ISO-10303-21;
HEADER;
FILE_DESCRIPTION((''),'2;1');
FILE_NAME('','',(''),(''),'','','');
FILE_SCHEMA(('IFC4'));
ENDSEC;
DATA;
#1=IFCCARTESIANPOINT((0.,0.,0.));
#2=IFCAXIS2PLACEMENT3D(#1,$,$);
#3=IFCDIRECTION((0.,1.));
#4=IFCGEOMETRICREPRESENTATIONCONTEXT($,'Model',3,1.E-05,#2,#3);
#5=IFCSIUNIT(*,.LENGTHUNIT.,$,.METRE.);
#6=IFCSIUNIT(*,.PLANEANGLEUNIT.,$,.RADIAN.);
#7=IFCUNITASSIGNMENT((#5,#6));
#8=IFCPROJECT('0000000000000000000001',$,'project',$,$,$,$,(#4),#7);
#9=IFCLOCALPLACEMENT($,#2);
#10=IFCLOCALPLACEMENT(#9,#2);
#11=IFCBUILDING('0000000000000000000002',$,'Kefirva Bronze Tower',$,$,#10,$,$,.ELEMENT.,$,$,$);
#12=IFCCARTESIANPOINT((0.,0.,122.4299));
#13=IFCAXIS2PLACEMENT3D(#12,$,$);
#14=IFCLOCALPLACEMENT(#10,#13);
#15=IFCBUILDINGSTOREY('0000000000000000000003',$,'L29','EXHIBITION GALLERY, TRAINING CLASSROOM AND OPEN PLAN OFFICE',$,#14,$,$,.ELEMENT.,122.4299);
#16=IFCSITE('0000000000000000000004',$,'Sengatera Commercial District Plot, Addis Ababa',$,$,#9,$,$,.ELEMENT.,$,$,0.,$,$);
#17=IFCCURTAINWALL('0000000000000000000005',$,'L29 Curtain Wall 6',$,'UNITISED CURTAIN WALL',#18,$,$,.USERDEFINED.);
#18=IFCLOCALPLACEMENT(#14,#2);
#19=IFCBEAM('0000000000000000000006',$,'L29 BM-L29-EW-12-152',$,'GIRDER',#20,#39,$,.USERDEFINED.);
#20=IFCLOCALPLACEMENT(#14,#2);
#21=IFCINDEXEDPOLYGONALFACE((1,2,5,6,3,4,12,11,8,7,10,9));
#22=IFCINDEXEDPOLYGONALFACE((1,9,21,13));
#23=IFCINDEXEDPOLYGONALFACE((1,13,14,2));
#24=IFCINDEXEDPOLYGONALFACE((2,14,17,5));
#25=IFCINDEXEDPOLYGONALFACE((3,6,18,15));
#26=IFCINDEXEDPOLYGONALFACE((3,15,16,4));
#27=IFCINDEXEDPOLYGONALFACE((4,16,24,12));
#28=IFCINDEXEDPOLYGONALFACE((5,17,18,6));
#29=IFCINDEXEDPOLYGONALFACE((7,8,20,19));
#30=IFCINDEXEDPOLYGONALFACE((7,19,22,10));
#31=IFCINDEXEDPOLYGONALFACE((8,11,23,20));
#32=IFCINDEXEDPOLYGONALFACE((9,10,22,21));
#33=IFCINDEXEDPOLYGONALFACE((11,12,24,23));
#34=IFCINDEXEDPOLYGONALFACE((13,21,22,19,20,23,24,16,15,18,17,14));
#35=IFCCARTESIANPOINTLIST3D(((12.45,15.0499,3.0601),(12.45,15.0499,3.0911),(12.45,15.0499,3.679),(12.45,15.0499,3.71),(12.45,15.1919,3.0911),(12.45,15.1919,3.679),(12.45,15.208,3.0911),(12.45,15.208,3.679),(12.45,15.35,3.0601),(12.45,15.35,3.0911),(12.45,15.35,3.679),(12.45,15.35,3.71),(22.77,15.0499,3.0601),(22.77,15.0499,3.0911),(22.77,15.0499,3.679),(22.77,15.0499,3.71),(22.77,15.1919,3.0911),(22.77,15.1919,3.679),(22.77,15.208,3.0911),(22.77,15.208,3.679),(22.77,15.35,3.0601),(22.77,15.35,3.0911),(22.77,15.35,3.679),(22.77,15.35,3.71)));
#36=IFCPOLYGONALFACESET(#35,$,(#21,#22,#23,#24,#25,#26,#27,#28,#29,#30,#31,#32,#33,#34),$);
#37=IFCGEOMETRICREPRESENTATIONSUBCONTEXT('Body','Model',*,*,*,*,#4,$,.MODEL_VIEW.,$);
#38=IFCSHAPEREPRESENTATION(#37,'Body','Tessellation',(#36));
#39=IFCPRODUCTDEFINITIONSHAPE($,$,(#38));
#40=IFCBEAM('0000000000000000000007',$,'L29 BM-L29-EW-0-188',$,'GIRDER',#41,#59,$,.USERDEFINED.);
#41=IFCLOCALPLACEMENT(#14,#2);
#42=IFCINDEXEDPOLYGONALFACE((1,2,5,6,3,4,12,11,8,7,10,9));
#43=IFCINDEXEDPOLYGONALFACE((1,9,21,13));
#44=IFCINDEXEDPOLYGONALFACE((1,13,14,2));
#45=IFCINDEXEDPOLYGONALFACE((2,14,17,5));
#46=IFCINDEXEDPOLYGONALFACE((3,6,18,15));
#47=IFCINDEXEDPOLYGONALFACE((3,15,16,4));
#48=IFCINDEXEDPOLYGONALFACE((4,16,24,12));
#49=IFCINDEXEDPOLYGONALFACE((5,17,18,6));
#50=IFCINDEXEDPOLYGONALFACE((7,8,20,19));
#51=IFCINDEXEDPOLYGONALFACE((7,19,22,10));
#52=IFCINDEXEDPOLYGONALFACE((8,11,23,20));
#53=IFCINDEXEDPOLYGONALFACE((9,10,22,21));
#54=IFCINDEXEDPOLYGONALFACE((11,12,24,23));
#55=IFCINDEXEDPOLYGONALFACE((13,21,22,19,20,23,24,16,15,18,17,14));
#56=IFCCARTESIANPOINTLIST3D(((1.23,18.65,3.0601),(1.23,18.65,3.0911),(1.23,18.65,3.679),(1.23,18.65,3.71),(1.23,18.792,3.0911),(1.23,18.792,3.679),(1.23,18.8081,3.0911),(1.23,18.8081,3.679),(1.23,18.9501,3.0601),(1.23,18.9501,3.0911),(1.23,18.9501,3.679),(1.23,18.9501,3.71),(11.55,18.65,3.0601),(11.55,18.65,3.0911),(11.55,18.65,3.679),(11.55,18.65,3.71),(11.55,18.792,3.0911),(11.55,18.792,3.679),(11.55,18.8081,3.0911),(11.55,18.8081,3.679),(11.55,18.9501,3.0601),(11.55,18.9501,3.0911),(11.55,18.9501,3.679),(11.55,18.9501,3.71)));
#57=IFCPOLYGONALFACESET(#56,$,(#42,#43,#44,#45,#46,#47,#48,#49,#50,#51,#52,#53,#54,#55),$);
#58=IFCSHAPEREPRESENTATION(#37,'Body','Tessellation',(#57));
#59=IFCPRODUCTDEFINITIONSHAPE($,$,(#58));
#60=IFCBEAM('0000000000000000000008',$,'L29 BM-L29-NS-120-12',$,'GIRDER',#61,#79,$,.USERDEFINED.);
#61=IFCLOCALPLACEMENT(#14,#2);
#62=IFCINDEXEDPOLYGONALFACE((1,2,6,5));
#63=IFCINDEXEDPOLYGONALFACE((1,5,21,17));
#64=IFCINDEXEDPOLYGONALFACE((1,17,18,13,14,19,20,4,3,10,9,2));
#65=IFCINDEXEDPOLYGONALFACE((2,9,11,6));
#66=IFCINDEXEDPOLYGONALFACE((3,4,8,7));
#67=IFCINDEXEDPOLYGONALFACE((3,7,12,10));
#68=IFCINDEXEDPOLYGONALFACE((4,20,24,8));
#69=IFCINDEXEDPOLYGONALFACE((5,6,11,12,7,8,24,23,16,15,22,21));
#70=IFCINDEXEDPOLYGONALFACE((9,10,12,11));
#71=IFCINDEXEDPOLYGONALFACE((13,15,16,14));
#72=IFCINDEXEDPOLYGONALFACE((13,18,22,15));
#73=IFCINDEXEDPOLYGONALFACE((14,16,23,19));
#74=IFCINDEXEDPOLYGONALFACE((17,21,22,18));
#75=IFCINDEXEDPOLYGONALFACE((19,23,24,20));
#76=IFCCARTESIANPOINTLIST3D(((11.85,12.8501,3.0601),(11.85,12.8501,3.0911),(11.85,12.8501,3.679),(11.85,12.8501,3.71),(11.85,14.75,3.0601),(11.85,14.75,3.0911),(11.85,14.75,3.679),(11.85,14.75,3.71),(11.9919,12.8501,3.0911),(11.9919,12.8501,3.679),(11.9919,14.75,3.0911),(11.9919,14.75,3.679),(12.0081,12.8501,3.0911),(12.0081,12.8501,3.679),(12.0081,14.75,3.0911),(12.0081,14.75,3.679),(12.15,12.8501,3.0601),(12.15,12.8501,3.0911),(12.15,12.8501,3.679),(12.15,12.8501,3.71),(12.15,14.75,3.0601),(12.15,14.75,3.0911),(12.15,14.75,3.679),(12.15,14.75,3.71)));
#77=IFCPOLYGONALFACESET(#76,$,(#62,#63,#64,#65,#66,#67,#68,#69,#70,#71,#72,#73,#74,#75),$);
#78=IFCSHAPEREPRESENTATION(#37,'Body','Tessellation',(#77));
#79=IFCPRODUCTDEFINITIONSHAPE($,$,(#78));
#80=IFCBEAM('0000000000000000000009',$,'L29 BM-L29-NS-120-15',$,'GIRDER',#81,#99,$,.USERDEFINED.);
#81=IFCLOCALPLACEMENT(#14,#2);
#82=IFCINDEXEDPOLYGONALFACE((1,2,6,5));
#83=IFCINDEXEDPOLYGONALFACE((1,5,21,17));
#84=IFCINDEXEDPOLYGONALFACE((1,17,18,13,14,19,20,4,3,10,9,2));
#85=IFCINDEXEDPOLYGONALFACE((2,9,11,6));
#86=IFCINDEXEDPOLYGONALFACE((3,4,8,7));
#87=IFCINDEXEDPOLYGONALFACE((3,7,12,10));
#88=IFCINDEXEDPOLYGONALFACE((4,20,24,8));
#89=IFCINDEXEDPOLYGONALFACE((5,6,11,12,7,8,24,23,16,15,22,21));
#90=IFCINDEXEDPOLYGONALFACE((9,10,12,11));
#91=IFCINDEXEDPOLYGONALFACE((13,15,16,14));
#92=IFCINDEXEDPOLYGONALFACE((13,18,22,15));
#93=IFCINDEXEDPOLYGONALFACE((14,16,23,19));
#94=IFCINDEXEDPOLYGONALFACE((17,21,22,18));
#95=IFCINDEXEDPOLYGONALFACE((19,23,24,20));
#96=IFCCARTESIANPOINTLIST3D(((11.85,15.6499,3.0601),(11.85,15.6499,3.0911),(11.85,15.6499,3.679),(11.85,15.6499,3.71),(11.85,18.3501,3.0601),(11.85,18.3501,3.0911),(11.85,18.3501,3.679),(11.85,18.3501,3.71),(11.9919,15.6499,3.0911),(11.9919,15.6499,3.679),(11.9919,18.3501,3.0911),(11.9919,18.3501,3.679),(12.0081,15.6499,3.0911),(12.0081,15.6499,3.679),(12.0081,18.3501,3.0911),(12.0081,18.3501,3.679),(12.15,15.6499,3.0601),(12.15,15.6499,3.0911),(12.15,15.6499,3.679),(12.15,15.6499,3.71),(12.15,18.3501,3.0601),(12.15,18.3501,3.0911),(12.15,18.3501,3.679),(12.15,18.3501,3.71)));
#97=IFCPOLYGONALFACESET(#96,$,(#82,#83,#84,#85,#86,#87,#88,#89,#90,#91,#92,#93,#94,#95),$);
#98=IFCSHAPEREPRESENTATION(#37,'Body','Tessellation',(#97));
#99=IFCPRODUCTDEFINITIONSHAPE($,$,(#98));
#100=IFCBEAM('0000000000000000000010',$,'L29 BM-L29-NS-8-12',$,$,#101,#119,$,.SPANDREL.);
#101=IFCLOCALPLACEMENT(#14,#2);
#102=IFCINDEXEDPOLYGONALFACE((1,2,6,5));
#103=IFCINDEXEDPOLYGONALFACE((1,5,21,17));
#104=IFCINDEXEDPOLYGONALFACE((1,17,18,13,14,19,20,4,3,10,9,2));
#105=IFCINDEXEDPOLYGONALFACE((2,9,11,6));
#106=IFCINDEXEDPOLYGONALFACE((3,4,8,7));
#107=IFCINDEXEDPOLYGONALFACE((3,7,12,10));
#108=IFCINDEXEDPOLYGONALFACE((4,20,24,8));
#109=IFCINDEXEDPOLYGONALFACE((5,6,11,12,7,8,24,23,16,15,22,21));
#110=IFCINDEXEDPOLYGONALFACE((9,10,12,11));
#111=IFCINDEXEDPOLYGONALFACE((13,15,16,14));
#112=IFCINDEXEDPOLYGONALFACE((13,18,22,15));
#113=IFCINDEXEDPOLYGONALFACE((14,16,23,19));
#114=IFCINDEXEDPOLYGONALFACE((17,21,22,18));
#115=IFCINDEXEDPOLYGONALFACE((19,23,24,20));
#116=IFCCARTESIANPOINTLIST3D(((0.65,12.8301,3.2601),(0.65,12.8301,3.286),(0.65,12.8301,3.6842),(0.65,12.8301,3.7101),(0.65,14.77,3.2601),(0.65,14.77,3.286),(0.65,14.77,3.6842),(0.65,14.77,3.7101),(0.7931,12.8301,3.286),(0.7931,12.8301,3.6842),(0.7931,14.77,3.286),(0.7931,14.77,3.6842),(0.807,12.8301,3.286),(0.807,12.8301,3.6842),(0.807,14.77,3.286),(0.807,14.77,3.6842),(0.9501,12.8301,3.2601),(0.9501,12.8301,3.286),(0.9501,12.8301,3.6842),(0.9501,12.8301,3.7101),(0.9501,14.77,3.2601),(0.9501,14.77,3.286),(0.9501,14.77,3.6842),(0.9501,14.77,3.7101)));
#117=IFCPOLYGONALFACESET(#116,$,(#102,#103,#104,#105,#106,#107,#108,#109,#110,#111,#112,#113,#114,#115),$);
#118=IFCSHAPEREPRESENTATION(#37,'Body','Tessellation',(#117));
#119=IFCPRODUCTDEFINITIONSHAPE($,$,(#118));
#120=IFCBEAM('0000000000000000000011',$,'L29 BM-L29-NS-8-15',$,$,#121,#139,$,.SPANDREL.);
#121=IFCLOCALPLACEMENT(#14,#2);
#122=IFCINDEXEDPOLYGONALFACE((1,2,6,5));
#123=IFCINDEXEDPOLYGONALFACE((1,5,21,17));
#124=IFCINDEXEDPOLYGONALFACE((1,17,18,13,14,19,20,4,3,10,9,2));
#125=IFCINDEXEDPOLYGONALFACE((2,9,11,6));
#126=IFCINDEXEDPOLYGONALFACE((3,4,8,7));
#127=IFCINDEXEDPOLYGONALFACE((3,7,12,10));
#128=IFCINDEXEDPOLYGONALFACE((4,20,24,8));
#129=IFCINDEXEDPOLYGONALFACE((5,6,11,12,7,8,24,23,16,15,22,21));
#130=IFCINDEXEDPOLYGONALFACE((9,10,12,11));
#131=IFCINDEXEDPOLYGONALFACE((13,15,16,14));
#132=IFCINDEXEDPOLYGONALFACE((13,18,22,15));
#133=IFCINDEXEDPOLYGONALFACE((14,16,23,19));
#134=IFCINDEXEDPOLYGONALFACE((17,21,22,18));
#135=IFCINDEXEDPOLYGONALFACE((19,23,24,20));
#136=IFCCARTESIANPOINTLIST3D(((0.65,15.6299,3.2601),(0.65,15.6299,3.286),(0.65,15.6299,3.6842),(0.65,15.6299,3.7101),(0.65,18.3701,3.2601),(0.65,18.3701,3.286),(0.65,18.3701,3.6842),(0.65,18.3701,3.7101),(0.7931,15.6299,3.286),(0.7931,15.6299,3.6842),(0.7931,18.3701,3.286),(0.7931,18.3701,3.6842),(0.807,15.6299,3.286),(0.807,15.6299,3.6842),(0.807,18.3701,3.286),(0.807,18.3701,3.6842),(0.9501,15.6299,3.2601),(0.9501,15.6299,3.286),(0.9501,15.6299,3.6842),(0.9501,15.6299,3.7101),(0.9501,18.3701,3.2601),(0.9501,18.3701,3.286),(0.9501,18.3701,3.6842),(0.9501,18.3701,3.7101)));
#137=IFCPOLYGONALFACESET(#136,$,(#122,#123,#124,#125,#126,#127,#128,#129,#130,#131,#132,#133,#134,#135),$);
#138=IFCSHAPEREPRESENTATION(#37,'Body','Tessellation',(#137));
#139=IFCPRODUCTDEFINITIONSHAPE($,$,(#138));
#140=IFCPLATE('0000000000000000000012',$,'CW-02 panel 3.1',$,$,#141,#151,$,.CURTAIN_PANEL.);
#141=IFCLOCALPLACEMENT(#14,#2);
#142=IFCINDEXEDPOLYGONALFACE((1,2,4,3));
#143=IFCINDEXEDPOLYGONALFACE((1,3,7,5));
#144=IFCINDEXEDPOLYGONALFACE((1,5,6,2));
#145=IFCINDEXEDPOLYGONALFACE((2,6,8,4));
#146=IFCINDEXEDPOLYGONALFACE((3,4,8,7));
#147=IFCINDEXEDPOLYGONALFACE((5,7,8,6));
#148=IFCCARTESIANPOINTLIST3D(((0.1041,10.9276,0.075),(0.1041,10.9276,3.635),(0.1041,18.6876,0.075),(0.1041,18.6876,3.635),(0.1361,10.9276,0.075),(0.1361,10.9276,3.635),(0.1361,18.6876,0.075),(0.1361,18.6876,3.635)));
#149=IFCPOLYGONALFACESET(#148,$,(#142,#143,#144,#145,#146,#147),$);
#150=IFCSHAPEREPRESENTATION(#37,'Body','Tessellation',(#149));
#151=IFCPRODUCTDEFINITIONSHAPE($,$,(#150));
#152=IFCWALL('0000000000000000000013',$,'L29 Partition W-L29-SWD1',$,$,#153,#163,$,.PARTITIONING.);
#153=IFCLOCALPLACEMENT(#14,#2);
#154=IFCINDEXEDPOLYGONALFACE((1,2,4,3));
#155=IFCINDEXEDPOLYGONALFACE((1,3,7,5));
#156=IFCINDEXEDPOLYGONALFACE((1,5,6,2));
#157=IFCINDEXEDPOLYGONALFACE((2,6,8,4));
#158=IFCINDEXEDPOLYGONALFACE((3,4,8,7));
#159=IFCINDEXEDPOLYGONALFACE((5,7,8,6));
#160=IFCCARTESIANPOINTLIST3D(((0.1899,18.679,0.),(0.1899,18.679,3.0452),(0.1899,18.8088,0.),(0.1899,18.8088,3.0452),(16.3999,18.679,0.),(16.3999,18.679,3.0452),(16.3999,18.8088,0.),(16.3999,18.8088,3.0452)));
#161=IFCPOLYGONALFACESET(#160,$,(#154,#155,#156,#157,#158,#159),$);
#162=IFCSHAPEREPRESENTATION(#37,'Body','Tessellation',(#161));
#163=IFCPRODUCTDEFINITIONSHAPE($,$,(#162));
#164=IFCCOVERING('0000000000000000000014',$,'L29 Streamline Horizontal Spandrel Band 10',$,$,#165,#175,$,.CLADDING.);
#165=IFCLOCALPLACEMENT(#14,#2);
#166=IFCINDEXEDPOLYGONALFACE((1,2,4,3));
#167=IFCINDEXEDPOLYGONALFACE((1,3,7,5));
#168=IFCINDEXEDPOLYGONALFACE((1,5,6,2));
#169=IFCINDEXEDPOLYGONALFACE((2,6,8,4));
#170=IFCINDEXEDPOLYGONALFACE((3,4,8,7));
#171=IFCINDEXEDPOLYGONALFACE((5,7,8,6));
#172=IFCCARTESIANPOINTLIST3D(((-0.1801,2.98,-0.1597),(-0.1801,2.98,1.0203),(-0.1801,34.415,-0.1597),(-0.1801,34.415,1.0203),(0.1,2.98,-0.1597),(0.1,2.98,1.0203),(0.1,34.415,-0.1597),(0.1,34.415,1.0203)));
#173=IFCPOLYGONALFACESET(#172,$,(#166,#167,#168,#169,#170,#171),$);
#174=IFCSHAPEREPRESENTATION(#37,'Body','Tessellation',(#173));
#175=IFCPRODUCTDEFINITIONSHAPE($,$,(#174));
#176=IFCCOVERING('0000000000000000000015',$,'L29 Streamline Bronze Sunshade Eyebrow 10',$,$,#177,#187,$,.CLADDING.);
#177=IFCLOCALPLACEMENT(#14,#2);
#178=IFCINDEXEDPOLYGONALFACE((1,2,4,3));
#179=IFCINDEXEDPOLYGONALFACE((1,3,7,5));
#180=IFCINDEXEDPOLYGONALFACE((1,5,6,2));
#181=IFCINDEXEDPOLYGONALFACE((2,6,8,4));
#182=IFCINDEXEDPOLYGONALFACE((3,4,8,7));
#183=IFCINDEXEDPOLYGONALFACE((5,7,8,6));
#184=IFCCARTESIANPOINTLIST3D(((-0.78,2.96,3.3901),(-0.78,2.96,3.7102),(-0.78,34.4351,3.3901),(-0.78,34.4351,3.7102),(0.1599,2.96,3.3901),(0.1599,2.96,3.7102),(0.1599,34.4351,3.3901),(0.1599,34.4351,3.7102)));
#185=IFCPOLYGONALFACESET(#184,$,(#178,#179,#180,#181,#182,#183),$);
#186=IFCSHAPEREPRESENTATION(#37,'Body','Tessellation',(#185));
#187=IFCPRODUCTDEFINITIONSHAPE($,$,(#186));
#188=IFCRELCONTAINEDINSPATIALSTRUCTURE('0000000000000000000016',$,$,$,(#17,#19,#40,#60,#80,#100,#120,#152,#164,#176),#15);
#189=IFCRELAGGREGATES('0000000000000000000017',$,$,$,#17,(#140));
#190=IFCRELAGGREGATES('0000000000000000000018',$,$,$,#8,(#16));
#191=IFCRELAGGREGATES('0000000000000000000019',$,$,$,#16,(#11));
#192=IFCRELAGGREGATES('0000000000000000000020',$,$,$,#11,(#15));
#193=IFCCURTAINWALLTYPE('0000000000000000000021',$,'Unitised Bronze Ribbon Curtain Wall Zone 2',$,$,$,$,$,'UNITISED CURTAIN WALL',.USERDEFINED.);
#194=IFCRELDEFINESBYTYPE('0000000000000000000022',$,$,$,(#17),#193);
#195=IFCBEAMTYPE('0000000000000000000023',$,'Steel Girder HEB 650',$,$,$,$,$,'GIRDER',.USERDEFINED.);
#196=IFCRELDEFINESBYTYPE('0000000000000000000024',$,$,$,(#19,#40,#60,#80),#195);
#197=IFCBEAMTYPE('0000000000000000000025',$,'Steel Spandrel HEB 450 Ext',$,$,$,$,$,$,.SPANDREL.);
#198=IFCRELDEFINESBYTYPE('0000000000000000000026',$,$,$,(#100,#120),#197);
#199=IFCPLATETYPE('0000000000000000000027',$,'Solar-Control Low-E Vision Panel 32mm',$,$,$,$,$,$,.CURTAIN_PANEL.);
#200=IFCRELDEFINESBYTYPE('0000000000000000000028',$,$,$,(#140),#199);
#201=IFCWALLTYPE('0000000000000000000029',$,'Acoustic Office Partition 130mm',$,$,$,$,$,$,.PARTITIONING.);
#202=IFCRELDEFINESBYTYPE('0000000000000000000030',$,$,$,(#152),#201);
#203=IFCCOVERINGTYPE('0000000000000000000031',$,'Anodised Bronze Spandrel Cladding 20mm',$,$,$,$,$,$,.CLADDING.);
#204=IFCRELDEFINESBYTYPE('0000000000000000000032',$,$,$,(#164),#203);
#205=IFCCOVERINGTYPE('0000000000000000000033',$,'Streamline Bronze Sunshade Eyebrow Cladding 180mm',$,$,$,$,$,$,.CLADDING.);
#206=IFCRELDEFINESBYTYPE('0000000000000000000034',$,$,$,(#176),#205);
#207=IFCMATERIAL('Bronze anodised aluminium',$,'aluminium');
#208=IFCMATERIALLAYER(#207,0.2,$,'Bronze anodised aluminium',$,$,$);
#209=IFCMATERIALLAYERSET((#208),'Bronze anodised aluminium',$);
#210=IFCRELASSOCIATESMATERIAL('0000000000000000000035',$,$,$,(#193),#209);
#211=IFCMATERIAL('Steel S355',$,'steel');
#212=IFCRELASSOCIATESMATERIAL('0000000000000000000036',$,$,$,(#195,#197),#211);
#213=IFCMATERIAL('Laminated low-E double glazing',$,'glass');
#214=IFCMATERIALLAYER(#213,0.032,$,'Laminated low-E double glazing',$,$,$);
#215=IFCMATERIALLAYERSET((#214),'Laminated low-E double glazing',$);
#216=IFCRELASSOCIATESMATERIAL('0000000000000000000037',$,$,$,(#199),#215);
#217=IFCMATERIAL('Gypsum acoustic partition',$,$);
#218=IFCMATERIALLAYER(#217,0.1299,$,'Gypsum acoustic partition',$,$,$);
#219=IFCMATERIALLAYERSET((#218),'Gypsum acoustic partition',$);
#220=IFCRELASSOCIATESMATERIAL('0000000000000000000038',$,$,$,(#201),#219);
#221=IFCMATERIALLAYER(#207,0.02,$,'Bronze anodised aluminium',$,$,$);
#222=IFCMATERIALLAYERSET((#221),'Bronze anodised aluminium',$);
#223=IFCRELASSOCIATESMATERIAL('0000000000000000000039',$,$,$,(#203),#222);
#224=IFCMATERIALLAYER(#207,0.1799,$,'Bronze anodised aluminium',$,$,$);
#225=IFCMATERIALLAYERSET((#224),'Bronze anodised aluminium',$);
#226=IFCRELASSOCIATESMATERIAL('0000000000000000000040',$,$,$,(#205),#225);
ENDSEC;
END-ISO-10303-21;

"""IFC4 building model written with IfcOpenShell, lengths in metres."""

from ifc_helpers import new_model, si_unit, direction, frame, frame_2d, origin, origin_2d, place, context, subcontext, project, spatial, rectangle, i_section, extrude, material, layer, layer_set, material_profile, profile_set, type_object, element, aggregate, save


model = new_model("IFC4")

# Units and contexts
model_context = context("Model", 3, precision=1e-05, world=origin(), true_north=direction((0.0, 1.0)))
body_context = subcontext(model_context, "Body", "Model", "MODEL_VIEW")
ifc_project = project(units=[si_unit("LENGTHUNIT", "METRE"), si_unit("PLANEANGLEUNIT", "RADIAN")], contexts=[model_context])

# Site, building, storey
site_placement = place(None, origin())
site = spatial("IfcSite", under=ifc_project, at=site_placement, Name="Sengatera Commercial District Plot, Addis Ababa", CompositionType="ELEMENT", RefElevation=0.0)
building_placement = place(site_placement, origin())
building = spatial("IfcBuilding", under=site, at=building_placement, Name="Kefirva Bronze Tower", CompositionType="ELEMENT")
storey_placement = place(building_placement, frame((0.0, 0.0, 122.4299)))
storey = spatial("IfcBuildingStorey", under=building, at=storey_placement, Name="L29", Description="EXHIBITION GALLERY, TRAINING CLASSROOM AND OPEN PLAN OFFICE", CompositionType="ELEMENT", Elevation=122.4299)

# Curtain wall
ifc_material_1 = material(Name="Bronze anodised aluminium", Category="aluminium")
ifc_layer_1 = layer(ifc_material_1, 0.2, Name="Bronze anodised aluminium")
ifc_layer_set_1 = layer_set([ifc_layer_1], Name="Bronze anodised aluminium")
curtain_wall_type = type_object("IfcCurtainWallType", Name="Unitised Bronze Ribbon Curtain Wall Zone 2", ElementType="UNITISED CURTAIN WALL", PredefinedType="USERDEFINED", material=ifc_layer_set_1)
curtain_wall_placement = place(storey_placement, origin())
curtain_wall = element("IfcCurtainWall", 1, at=curtain_wall_placement, inside=storey, type_object=curtain_wall_type, Name="L29 Curtain Wall 6", ObjectType="UNITISED CURTAIN WALL", PredefinedType="USERDEFINED")

# Beams
ifc_material_2 = material(Name="Steel S355", Category="steel")
ifc_material_profile_1 = material_profile(ifc_material_2, i_section(OverallWidth=0.3, OverallDepth=0.6499, WebThickness=0.0161, FlangeThickness=0.031, at=origin_2d()), Name="HEB 650")
ifc_profile_set_1 = profile_set([ifc_material_profile_1], Name="Steel S355")
beam_type_1 = type_object("IfcBeamType", Name="Steel Girder HEB 650", ElementType="GIRDER", PredefinedType="USERDEFINED", material=ifc_profile_set_1)
for number, where, z_axis, x_axis, name in (
    (2, (12.45, 15.2, 3.385), (1.0, 0.0, 0.0), (0.0, 1.0, 0.0), "L29 BM-L29-EW-12-152"),
    (3, (1.23, 18.8, 3.385), (1.0, 0.0, 0.0), (0.0, 1.0, 0.0), "L29 BM-L29-EW-0-188"),
):
    element("IfcBeam", number, at=place(storey_placement, frame(where, z_axis=z_axis, x_axis=x_axis)), inside=storey, type_object=beam_type_1, Name=name, ObjectType="GIRDER", PredefinedType="USERDEFINED", context=body_context, shape_type="SweptSolid", body=[
        extrude(i_section(OverallWidth=0.3, OverallDepth=0.6499, WebThickness=0.0161, FlangeThickness=0.031, at=origin_2d()), origin(), (0.0, 0.0, 1.0), 10.3201),
    ])
beam_1_placement = place(storey_placement, frame((12.0, 12.8501, 3.385), z_axis=(0.0, 1.0, 0.0), x_axis=(-1.0, 0.0, 0.0)))
element("IfcBeam", 4, at=beam_1_placement, inside=storey, type_object=beam_type_1, Name="L29 BM-L29-NS-120-12", ObjectType="GIRDER", PredefinedType="USERDEFINED", context=body_context, shape_type="SweptSolid", body=[
    extrude(i_section(OverallWidth=0.3, OverallDepth=0.6499, WebThickness=0.0161, FlangeThickness=0.031, at=origin_2d()), origin(), (0.0, 0.0, 1.0), 1.8999),
])
beam_2_placement = place(storey_placement, frame((12.0, 15.6499, 3.385), z_axis=(0.0, 1.0, 0.0), x_axis=(-1.0, 0.0, 0.0)))
element("IfcBeam", 5, at=beam_2_placement, inside=storey, type_object=beam_type_1, Name="L29 BM-L29-NS-120-15", ObjectType="GIRDER", PredefinedType="USERDEFINED", context=body_context, shape_type="SweptSolid", body=[
    extrude(i_section(OverallWidth=0.3, OverallDepth=0.6499, WebThickness=0.0161, FlangeThickness=0.031, at=origin_2d()), origin(), (0.0, 0.0, 1.0), 2.7002),
])
ifc_material_profile_2 = material_profile(ifc_material_2, i_section(OverallWidth=0.3, OverallDepth=0.45, WebThickness=0.0139, FlangeThickness=0.0259, at=origin_2d()), Name="HEB 450")
ifc_profile_set_2 = profile_set([ifc_material_profile_2], Name="Steel S355")
beam_type_2 = type_object("IfcBeamType", Name="Steel Spandrel HEB 450 Ext", PredefinedType="SPANDREL", material=ifc_profile_set_2)
beam_3_placement = place(storey_placement, frame((0.8, 12.8301, 3.4851), z_axis=(0.0, 1.0, 0.0), x_axis=(-1.0, 0.0, 0.0)))
element("IfcBeam", 6, at=beam_3_placement, inside=storey, type_object=beam_type_2, Name="L29 BM-L29-NS-8-12", PredefinedType="SPANDREL", context=body_context, shape_type="SweptSolid", body=[
    extrude(i_section(OverallWidth=0.3, OverallDepth=0.45, WebThickness=0.0139, FlangeThickness=0.0259, at=origin_2d()), origin(), (0.0, 0.0, 1.0), 1.9399),
])
beam_4_placement = place(storey_placement, frame((0.8, 15.6299, 3.4851), z_axis=(0.0, 1.0, 0.0), x_axis=(-1.0, 0.0, 0.0)))
element("IfcBeam", 7, at=beam_4_placement, inside=storey, type_object=beam_type_2, Name="L29 BM-L29-NS-8-15", PredefinedType="SPANDREL", context=body_context, shape_type="SweptSolid", body=[
    extrude(i_section(OverallWidth=0.3, OverallDepth=0.45, WebThickness=0.0139, FlangeThickness=0.0259, at=origin_2d()), origin(), (0.0, 0.0, 1.0), 2.7402),
])

# Plate
ifc_material_3 = material(Name="Laminated low-E double glazing", Category="glass")
ifc_layer_2 = layer(ifc_material_3, 0.032, Name="Laminated low-E double glazing")
ifc_layer_set_2 = layer_set([ifc_layer_2], Name="Laminated low-E double glazing")
plate_type = type_object("IfcPlateType", Name="Solar-Control Low-E Vision Panel 32mm", PredefinedType="CURTAIN_PANEL", material=ifc_layer_set_2)
plate_placement = place(storey_placement, frame((0.1201, 14.8076, 0.075), z_axis=(0.0, 0.0, 1.0), x_axis=(0.0, -1.0, 0.0)))
plate = element("IfcPlate", 8, at=plate_placement, type_object=plate_type, Name="CW-02 panel 3.1", PredefinedType="CURTAIN_PANEL", context=body_context, shape_type="SweptSolid", body=[
    extrude(rectangle(XDim=7.76, YDim=0.032, at=origin_2d()), origin(), (0.0, 0.0, 1.0), 3.5601),
])
aggregate(curtain_wall, [plate])

# Wall
ifc_material_4 = material(Name="Gypsum acoustic partition")
ifc_layer_3 = layer(ifc_material_4, 0.1299, Name="Gypsum acoustic partition")
ifc_layer_set_3 = layer_set([ifc_layer_3], Name="Gypsum acoustic partition")
wall_type = type_object("IfcWallType", Name="Acoustic Office Partition 130mm", PredefinedType="PARTITIONING", material=ifc_layer_set_3)
wall_placement = place(storey_placement, frame((0.1899, 18.7439, 0.0), z_axis=(0.0, 0.0, 1.0), x_axis=(1.0, 0.0, 0.0)))
element("IfcWall", 9, at=wall_placement, inside=storey, type_object=wall_type, Name="L29 Partition W-L29-SWD1", PredefinedType="PARTITIONING", context=body_context, shape_type="SweptSolid", body=[
    extrude(rectangle(XDim=16.21, YDim=0.1299, at=frame_2d((8.105, 0.0))), origin(), (0.0, 0.0, 1.0), 3.0452),
])

# Coverings
ifc_layer_4 = layer(ifc_material_1, 0.02, Name="Bronze anodised aluminium")
ifc_layer_set_4 = layer_set([ifc_layer_4], Name="Bronze anodised aluminium")
covering_type_1 = type_object("IfcCoveringType", Name="Anodised Bronze Spandrel Cladding 20mm", PredefinedType="CLADDING", material=ifc_layer_set_4)
covering_1_placement = place(storey_placement, frame((-0.04, 18.6975, -0.1597), z_axis=(0.0, 0.0, 1.0), x_axis=(0.0, -1.0, 0.0)))
element("IfcCovering", 10, at=covering_1_placement, inside=storey, type_object=covering_type_1, Name="L29 Streamline Horizontal Spandrel Band 10", PredefinedType="CLADDING", context=body_context, shape_type="SweptSolid", body=[
    extrude(rectangle(XDim=31.4351, YDim=0.28, at=origin_2d()), origin(), (0.0, 0.0, 1.0), 1.1799),
])
ifc_layer_5 = layer(ifc_material_1, 0.1799, Name="Bronze anodised aluminium")
ifc_layer_set_5 = layer_set([ifc_layer_5], Name="Bronze anodised aluminium")
covering_type_2 = type_object("IfcCoveringType", Name="Streamline Bronze Sunshade Eyebrow Cladding 180mm", PredefinedType="CLADDING", material=ifc_layer_set_5)
covering_2_placement = place(storey_placement, frame((-0.3101, 18.6975, 3.3901), z_axis=(0.0, 0.0, 1.0), x_axis=(0.0, -1.0, 0.0)))
element("IfcCovering", 11, at=covering_2_placement, inside=storey, type_object=covering_type_2, Name="L29 Streamline Bronze Sunshade Eyebrow 10", PredefinedType="CLADDING", context=body_context, shape_type="SweptSolid", body=[
    extrude(rectangle(XDim=31.4751, YDim=0.9399, at=origin_2d()), origin(), (0.0, 0.0, 1.0), 0.3201),
])

save(model, "model.ifc")
